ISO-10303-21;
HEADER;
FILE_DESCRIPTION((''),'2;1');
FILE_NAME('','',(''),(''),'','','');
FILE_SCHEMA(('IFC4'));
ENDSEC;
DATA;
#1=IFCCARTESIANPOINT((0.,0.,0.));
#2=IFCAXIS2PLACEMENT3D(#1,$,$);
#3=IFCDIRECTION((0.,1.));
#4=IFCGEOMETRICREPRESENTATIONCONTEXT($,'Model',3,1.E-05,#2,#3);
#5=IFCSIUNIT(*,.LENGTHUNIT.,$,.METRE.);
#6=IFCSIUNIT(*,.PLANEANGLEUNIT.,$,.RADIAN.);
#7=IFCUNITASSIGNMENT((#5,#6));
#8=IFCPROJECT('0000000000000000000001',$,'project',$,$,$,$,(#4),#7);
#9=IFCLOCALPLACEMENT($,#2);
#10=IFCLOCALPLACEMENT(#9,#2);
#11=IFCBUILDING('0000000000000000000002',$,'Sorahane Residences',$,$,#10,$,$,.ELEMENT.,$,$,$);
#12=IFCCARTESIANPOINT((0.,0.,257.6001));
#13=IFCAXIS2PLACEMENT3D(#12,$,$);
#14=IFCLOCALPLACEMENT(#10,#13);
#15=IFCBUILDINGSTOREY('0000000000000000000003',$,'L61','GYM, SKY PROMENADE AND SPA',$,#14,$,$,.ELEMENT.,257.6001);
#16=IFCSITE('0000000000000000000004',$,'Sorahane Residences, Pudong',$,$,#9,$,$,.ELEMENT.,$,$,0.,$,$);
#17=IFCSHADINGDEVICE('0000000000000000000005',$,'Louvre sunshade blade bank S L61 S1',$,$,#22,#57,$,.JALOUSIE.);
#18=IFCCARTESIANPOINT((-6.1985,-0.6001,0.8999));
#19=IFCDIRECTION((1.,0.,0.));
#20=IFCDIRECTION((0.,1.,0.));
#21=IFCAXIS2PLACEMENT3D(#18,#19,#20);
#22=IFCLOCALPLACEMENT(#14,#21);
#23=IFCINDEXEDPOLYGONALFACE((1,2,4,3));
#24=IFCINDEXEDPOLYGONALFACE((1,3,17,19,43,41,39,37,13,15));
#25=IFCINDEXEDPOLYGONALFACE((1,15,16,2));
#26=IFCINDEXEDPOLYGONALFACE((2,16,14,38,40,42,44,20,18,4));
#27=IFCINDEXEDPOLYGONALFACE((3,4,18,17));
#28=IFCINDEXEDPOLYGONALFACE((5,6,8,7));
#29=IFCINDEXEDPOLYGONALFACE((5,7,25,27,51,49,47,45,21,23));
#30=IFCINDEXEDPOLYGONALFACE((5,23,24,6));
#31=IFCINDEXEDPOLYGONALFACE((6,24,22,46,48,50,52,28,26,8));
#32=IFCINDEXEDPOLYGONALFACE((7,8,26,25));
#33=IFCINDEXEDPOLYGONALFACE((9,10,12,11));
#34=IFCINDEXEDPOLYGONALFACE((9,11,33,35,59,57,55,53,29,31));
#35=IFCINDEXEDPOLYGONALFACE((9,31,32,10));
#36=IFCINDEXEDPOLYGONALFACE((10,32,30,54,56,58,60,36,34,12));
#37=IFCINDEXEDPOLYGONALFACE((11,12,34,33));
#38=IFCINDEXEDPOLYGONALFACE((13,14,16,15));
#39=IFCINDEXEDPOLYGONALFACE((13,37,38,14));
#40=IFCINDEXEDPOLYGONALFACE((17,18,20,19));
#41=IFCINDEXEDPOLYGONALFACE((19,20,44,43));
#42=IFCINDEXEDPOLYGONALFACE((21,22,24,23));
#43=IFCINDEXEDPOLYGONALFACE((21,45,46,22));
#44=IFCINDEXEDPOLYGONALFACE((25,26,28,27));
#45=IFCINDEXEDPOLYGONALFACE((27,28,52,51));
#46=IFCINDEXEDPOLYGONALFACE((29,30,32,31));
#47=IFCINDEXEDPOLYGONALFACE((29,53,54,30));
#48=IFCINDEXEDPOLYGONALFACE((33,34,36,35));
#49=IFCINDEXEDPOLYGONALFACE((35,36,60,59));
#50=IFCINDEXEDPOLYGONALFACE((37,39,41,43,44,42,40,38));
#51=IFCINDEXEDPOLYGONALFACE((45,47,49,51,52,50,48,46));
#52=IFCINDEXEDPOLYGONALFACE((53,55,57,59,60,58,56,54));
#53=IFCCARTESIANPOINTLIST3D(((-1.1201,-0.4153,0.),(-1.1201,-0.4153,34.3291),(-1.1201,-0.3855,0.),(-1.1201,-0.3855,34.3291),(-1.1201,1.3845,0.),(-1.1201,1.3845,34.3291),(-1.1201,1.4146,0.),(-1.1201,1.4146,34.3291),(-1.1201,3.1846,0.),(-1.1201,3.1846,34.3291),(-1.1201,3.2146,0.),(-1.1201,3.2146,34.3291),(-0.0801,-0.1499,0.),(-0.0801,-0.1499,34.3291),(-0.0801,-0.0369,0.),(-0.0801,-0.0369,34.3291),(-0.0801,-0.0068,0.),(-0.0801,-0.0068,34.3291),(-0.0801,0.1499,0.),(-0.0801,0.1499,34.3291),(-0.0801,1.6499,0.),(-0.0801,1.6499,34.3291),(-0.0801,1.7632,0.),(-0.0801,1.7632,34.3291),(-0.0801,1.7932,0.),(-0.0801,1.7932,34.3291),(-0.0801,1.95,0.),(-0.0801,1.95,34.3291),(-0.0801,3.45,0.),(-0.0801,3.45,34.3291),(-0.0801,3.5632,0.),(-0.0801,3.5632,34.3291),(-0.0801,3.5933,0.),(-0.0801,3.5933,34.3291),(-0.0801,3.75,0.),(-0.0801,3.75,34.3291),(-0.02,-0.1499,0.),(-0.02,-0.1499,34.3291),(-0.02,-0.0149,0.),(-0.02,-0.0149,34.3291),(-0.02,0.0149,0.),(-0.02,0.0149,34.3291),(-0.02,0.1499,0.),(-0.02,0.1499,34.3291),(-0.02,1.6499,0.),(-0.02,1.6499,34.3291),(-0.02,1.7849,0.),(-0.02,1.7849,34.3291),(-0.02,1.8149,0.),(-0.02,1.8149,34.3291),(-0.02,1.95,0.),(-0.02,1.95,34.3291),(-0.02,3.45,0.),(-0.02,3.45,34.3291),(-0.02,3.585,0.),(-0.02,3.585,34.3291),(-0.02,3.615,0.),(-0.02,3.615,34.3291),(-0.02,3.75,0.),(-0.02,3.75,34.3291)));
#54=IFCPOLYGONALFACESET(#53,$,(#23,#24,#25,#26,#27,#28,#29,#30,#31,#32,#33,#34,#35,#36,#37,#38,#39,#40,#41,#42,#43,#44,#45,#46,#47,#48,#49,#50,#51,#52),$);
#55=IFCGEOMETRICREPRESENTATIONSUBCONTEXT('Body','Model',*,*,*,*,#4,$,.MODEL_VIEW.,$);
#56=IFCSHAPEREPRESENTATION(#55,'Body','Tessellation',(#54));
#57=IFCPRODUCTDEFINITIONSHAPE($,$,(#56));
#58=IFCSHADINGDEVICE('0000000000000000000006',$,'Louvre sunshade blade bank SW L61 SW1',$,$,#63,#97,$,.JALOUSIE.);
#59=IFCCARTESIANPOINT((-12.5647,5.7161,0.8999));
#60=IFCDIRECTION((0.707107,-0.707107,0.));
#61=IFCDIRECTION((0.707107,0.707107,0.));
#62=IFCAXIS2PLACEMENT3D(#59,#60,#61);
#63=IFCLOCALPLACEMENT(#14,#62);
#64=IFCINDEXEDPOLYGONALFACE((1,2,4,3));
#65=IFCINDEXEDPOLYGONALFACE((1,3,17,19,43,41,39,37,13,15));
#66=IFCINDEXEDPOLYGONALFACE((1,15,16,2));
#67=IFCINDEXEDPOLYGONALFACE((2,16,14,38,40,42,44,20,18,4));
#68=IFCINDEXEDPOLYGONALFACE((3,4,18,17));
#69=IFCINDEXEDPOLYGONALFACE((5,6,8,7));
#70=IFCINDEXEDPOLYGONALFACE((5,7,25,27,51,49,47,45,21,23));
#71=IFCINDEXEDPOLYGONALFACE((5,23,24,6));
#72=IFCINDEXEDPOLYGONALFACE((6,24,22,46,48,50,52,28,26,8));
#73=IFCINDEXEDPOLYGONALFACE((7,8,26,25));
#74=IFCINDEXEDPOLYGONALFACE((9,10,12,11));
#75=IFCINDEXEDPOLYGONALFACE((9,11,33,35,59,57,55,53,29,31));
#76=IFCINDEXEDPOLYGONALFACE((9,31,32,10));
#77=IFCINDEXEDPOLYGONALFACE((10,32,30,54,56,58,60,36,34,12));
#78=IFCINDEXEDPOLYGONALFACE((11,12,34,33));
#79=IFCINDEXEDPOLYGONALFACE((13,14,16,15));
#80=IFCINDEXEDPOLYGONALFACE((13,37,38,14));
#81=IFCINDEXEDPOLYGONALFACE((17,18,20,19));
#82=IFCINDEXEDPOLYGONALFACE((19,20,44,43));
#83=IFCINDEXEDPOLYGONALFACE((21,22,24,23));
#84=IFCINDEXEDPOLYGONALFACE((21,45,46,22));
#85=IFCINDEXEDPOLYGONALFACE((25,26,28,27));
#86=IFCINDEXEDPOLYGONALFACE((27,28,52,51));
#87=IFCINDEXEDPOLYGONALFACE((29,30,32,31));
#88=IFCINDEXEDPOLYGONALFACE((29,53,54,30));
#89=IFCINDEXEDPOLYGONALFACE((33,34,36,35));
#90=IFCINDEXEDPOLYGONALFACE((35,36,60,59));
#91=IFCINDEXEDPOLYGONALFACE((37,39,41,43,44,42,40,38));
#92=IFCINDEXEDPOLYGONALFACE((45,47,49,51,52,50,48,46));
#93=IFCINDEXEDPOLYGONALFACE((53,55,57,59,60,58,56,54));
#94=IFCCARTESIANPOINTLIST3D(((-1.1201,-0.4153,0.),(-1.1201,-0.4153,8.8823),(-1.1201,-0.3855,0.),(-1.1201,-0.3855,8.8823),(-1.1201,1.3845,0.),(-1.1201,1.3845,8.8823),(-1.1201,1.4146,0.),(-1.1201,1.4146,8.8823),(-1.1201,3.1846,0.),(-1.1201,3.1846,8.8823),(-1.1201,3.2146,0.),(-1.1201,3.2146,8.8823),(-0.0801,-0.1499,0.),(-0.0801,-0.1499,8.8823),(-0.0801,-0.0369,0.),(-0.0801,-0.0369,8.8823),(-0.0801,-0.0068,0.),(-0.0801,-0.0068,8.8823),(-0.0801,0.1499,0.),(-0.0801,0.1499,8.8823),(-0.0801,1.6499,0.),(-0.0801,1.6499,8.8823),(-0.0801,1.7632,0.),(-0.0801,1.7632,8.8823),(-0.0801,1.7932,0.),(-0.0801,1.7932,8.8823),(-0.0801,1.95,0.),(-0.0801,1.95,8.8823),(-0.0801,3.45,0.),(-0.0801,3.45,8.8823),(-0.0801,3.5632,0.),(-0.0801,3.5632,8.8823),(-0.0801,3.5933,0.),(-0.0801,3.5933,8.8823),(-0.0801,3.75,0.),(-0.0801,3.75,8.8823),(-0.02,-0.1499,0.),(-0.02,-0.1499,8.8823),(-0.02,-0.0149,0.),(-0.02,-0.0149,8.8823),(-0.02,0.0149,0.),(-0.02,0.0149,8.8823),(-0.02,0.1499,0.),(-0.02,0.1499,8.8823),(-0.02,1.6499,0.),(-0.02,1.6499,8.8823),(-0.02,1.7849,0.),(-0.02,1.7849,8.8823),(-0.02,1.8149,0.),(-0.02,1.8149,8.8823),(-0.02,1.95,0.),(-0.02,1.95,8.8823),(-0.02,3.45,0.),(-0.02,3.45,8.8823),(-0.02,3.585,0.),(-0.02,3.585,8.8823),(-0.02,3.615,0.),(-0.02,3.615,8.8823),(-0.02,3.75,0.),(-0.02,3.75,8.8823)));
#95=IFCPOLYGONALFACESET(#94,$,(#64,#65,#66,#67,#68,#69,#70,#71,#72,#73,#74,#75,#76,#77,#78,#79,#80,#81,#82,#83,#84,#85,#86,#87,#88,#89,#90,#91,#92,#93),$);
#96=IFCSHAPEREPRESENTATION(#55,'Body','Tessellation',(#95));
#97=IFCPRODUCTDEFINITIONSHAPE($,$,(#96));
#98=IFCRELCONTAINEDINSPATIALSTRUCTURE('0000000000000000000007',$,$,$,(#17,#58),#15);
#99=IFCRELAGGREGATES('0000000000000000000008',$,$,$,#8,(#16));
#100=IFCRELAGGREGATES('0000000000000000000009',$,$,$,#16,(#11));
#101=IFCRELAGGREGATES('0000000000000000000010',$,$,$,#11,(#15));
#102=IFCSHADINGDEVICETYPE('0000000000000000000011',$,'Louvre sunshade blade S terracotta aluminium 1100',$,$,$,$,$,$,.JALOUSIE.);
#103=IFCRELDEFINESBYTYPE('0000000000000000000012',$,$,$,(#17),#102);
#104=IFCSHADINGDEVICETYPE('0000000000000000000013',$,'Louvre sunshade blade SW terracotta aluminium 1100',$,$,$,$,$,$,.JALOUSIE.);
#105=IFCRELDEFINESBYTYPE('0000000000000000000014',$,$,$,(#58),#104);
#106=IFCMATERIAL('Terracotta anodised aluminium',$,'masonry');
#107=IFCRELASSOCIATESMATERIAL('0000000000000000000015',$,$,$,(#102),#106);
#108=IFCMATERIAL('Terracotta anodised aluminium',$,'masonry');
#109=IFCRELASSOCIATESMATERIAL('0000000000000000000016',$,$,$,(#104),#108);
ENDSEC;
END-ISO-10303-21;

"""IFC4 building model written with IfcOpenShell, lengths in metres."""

from ifc_helpers import new_model, si_unit, direction, frame, origin, place, context, subcontext, project, spatial, polyline, outline, composite_profile, extrude, material, type_object, element, save


model = new_model("IFC4")

# Units and contexts
model_context = context("Model", 3, precision=1e-05, world=origin(), true_north=direction((0.0, 1.0)))
body_context = subcontext(model_context, "Body", "Model", "MODEL_VIEW")
ifc_project = project(units=[si_unit("LENGTHUNIT", "METRE"), si_unit("PLANEANGLEUNIT", "RADIAN")], contexts=[model_context])

# Site, building, storey
site_placement = place(None, origin())
site = spatial("IfcSite", under=ifc_project, at=site_placement, Name="Sorahane Residences, Pudong", CompositionType="ELEMENT", RefElevation=0.0)
building_placement = place(site_placement, origin())
building = spatial("IfcBuilding", under=site, at=building_placement, Name="Sorahane Residences", CompositionType="ELEMENT")
storey_placement = place(building_placement, frame((0.0, 0.0, 257.6001)))
storey = spatial("IfcBuildingStorey", under=building, at=storey_placement, Name="L61", Description="GYM, SKY PROMENADE AND SPA", CompositionType="ELEMENT", Elevation=257.6001)

# Shading devices
ifc_material_1 = material(Name="Terracotta anodised aluminium", Category="masonry")
shading_device_type_1 = type_object("IfcShadingDeviceType", Name="Louvre sunshade blade S terracotta aluminium 1100", PredefinedType="JALOUSIE", material=ifc_material_1)
shading_device_1_placement = place(storey_placement, frame((-6.1985, -0.6001, 0.8999), z_axis=(1.0, 0.0, 0.0), x_axis=(0.0, 1.0, 0.0)))
element("IfcShadingDevice", 1, at=shading_device_1_placement, inside=storey, type_object=shading_device_type_1, Name="Louvre sunshade blade bank S L61 S1", PredefinedType="JALOUSIE", context=body_context, shape_type="SweptSolid", body=[
    extrude(composite_profile([outline(polyline([(-1.1201, -0.3855), (-1.1201, -0.4153), (-0.0801, -0.0369), (-0.0801, -0.1499), (-0.02, -0.1499), (-0.02, -0.0149), (-0.02, 0.0149), (-0.02, 0.1499), (-0.0801, 0.1499), (-0.0801, -0.0068), (-1.1201, -0.3855)])), outline(polyline([(-1.1201, 1.4146), (-1.1201, 1.3845), (-0.0801, 1.7632), (-0.0801, 1.6499), (-0.02, 1.6499), (-0.02, 1.7849), (-0.02, 1.8149), (-0.02, 1.95), (-0.0801, 1.95), (-0.0801, 1.7932), (-1.1201, 1.4146)])), outline(polyline([(-1.1201, 3.2146), (-1.1201, 3.1846), (-0.0801, 3.5632), (-0.0801, 3.45), (-0.02, 3.45), (-0.02, 3.585), (-0.02, 3.615), (-0.02, 3.75), (-0.0801, 3.75), (-0.0801, 3.5933), (-1.1201, 3.2146)]))]), origin(), (0.0, 0.0, 1.0), 34.3291),
])
ifc_material_2 = material(Name="Terracotta anodised aluminium", Category="masonry")
shading_device_type_2 = type_object("IfcShadingDeviceType", Name="Louvre sunshade blade SW terracotta aluminium 1100", PredefinedType="JALOUSIE", material=ifc_material_2)
shading_device_2_placement = place(storey_placement, frame((-12.5647, 5.7161, 0.8999), z_axis=(0.707107, -0.707107, 0.0), x_axis=(0.707107, 0.707107, 0.0)))
element("IfcShadingDevice", 2, at=shading_device_2_placement, inside=storey, type_object=shading_device_type_2, Name="Louvre sunshade blade bank SW L61 SW1", PredefinedType="JALOUSIE", context=body_context, shape_type="SweptSolid", body=[
    extrude(composite_profile([outline(polyline([(-1.1201, -0.3855), (-1.1201, -0.4153), (-0.0801, -0.0369), (-0.0801, -0.1499), (-0.02, -0.1499), (-0.02, -0.0149), (-0.02, 0.0149), (-0.02, 0.1499), (-0.0801, 0.1499), (-0.0801, -0.0068), (-1.1201, -0.3855)])), outline(polyline([(-1.1201, 1.4146), (-1.1201, 1.3845), (-0.0801, 1.7632), (-0.0801, 1.6499), (-0.02, 1.6499), (-0.02, 1.7849), (-0.02, 1.8149), (-0.02, 1.95), (-0.0801, 1.95), (-0.0801, 1.7932), (-1.1201, 1.4146)])), outline(polyline([(-1.1201, 3.2146), (-1.1201, 3.1846), (-0.0801, 3.5632), (-0.0801, 3.45), (-0.02, 3.45), (-0.02, 3.585), (-0.02, 3.615), (-0.02, 3.75), (-0.0801, 3.75), (-0.0801, 3.5933), (-1.1201, 3.2146)]))]), origin(), (0.0, 0.0, 1.0), 8.8823),
])

save(model, "model.ifc")
